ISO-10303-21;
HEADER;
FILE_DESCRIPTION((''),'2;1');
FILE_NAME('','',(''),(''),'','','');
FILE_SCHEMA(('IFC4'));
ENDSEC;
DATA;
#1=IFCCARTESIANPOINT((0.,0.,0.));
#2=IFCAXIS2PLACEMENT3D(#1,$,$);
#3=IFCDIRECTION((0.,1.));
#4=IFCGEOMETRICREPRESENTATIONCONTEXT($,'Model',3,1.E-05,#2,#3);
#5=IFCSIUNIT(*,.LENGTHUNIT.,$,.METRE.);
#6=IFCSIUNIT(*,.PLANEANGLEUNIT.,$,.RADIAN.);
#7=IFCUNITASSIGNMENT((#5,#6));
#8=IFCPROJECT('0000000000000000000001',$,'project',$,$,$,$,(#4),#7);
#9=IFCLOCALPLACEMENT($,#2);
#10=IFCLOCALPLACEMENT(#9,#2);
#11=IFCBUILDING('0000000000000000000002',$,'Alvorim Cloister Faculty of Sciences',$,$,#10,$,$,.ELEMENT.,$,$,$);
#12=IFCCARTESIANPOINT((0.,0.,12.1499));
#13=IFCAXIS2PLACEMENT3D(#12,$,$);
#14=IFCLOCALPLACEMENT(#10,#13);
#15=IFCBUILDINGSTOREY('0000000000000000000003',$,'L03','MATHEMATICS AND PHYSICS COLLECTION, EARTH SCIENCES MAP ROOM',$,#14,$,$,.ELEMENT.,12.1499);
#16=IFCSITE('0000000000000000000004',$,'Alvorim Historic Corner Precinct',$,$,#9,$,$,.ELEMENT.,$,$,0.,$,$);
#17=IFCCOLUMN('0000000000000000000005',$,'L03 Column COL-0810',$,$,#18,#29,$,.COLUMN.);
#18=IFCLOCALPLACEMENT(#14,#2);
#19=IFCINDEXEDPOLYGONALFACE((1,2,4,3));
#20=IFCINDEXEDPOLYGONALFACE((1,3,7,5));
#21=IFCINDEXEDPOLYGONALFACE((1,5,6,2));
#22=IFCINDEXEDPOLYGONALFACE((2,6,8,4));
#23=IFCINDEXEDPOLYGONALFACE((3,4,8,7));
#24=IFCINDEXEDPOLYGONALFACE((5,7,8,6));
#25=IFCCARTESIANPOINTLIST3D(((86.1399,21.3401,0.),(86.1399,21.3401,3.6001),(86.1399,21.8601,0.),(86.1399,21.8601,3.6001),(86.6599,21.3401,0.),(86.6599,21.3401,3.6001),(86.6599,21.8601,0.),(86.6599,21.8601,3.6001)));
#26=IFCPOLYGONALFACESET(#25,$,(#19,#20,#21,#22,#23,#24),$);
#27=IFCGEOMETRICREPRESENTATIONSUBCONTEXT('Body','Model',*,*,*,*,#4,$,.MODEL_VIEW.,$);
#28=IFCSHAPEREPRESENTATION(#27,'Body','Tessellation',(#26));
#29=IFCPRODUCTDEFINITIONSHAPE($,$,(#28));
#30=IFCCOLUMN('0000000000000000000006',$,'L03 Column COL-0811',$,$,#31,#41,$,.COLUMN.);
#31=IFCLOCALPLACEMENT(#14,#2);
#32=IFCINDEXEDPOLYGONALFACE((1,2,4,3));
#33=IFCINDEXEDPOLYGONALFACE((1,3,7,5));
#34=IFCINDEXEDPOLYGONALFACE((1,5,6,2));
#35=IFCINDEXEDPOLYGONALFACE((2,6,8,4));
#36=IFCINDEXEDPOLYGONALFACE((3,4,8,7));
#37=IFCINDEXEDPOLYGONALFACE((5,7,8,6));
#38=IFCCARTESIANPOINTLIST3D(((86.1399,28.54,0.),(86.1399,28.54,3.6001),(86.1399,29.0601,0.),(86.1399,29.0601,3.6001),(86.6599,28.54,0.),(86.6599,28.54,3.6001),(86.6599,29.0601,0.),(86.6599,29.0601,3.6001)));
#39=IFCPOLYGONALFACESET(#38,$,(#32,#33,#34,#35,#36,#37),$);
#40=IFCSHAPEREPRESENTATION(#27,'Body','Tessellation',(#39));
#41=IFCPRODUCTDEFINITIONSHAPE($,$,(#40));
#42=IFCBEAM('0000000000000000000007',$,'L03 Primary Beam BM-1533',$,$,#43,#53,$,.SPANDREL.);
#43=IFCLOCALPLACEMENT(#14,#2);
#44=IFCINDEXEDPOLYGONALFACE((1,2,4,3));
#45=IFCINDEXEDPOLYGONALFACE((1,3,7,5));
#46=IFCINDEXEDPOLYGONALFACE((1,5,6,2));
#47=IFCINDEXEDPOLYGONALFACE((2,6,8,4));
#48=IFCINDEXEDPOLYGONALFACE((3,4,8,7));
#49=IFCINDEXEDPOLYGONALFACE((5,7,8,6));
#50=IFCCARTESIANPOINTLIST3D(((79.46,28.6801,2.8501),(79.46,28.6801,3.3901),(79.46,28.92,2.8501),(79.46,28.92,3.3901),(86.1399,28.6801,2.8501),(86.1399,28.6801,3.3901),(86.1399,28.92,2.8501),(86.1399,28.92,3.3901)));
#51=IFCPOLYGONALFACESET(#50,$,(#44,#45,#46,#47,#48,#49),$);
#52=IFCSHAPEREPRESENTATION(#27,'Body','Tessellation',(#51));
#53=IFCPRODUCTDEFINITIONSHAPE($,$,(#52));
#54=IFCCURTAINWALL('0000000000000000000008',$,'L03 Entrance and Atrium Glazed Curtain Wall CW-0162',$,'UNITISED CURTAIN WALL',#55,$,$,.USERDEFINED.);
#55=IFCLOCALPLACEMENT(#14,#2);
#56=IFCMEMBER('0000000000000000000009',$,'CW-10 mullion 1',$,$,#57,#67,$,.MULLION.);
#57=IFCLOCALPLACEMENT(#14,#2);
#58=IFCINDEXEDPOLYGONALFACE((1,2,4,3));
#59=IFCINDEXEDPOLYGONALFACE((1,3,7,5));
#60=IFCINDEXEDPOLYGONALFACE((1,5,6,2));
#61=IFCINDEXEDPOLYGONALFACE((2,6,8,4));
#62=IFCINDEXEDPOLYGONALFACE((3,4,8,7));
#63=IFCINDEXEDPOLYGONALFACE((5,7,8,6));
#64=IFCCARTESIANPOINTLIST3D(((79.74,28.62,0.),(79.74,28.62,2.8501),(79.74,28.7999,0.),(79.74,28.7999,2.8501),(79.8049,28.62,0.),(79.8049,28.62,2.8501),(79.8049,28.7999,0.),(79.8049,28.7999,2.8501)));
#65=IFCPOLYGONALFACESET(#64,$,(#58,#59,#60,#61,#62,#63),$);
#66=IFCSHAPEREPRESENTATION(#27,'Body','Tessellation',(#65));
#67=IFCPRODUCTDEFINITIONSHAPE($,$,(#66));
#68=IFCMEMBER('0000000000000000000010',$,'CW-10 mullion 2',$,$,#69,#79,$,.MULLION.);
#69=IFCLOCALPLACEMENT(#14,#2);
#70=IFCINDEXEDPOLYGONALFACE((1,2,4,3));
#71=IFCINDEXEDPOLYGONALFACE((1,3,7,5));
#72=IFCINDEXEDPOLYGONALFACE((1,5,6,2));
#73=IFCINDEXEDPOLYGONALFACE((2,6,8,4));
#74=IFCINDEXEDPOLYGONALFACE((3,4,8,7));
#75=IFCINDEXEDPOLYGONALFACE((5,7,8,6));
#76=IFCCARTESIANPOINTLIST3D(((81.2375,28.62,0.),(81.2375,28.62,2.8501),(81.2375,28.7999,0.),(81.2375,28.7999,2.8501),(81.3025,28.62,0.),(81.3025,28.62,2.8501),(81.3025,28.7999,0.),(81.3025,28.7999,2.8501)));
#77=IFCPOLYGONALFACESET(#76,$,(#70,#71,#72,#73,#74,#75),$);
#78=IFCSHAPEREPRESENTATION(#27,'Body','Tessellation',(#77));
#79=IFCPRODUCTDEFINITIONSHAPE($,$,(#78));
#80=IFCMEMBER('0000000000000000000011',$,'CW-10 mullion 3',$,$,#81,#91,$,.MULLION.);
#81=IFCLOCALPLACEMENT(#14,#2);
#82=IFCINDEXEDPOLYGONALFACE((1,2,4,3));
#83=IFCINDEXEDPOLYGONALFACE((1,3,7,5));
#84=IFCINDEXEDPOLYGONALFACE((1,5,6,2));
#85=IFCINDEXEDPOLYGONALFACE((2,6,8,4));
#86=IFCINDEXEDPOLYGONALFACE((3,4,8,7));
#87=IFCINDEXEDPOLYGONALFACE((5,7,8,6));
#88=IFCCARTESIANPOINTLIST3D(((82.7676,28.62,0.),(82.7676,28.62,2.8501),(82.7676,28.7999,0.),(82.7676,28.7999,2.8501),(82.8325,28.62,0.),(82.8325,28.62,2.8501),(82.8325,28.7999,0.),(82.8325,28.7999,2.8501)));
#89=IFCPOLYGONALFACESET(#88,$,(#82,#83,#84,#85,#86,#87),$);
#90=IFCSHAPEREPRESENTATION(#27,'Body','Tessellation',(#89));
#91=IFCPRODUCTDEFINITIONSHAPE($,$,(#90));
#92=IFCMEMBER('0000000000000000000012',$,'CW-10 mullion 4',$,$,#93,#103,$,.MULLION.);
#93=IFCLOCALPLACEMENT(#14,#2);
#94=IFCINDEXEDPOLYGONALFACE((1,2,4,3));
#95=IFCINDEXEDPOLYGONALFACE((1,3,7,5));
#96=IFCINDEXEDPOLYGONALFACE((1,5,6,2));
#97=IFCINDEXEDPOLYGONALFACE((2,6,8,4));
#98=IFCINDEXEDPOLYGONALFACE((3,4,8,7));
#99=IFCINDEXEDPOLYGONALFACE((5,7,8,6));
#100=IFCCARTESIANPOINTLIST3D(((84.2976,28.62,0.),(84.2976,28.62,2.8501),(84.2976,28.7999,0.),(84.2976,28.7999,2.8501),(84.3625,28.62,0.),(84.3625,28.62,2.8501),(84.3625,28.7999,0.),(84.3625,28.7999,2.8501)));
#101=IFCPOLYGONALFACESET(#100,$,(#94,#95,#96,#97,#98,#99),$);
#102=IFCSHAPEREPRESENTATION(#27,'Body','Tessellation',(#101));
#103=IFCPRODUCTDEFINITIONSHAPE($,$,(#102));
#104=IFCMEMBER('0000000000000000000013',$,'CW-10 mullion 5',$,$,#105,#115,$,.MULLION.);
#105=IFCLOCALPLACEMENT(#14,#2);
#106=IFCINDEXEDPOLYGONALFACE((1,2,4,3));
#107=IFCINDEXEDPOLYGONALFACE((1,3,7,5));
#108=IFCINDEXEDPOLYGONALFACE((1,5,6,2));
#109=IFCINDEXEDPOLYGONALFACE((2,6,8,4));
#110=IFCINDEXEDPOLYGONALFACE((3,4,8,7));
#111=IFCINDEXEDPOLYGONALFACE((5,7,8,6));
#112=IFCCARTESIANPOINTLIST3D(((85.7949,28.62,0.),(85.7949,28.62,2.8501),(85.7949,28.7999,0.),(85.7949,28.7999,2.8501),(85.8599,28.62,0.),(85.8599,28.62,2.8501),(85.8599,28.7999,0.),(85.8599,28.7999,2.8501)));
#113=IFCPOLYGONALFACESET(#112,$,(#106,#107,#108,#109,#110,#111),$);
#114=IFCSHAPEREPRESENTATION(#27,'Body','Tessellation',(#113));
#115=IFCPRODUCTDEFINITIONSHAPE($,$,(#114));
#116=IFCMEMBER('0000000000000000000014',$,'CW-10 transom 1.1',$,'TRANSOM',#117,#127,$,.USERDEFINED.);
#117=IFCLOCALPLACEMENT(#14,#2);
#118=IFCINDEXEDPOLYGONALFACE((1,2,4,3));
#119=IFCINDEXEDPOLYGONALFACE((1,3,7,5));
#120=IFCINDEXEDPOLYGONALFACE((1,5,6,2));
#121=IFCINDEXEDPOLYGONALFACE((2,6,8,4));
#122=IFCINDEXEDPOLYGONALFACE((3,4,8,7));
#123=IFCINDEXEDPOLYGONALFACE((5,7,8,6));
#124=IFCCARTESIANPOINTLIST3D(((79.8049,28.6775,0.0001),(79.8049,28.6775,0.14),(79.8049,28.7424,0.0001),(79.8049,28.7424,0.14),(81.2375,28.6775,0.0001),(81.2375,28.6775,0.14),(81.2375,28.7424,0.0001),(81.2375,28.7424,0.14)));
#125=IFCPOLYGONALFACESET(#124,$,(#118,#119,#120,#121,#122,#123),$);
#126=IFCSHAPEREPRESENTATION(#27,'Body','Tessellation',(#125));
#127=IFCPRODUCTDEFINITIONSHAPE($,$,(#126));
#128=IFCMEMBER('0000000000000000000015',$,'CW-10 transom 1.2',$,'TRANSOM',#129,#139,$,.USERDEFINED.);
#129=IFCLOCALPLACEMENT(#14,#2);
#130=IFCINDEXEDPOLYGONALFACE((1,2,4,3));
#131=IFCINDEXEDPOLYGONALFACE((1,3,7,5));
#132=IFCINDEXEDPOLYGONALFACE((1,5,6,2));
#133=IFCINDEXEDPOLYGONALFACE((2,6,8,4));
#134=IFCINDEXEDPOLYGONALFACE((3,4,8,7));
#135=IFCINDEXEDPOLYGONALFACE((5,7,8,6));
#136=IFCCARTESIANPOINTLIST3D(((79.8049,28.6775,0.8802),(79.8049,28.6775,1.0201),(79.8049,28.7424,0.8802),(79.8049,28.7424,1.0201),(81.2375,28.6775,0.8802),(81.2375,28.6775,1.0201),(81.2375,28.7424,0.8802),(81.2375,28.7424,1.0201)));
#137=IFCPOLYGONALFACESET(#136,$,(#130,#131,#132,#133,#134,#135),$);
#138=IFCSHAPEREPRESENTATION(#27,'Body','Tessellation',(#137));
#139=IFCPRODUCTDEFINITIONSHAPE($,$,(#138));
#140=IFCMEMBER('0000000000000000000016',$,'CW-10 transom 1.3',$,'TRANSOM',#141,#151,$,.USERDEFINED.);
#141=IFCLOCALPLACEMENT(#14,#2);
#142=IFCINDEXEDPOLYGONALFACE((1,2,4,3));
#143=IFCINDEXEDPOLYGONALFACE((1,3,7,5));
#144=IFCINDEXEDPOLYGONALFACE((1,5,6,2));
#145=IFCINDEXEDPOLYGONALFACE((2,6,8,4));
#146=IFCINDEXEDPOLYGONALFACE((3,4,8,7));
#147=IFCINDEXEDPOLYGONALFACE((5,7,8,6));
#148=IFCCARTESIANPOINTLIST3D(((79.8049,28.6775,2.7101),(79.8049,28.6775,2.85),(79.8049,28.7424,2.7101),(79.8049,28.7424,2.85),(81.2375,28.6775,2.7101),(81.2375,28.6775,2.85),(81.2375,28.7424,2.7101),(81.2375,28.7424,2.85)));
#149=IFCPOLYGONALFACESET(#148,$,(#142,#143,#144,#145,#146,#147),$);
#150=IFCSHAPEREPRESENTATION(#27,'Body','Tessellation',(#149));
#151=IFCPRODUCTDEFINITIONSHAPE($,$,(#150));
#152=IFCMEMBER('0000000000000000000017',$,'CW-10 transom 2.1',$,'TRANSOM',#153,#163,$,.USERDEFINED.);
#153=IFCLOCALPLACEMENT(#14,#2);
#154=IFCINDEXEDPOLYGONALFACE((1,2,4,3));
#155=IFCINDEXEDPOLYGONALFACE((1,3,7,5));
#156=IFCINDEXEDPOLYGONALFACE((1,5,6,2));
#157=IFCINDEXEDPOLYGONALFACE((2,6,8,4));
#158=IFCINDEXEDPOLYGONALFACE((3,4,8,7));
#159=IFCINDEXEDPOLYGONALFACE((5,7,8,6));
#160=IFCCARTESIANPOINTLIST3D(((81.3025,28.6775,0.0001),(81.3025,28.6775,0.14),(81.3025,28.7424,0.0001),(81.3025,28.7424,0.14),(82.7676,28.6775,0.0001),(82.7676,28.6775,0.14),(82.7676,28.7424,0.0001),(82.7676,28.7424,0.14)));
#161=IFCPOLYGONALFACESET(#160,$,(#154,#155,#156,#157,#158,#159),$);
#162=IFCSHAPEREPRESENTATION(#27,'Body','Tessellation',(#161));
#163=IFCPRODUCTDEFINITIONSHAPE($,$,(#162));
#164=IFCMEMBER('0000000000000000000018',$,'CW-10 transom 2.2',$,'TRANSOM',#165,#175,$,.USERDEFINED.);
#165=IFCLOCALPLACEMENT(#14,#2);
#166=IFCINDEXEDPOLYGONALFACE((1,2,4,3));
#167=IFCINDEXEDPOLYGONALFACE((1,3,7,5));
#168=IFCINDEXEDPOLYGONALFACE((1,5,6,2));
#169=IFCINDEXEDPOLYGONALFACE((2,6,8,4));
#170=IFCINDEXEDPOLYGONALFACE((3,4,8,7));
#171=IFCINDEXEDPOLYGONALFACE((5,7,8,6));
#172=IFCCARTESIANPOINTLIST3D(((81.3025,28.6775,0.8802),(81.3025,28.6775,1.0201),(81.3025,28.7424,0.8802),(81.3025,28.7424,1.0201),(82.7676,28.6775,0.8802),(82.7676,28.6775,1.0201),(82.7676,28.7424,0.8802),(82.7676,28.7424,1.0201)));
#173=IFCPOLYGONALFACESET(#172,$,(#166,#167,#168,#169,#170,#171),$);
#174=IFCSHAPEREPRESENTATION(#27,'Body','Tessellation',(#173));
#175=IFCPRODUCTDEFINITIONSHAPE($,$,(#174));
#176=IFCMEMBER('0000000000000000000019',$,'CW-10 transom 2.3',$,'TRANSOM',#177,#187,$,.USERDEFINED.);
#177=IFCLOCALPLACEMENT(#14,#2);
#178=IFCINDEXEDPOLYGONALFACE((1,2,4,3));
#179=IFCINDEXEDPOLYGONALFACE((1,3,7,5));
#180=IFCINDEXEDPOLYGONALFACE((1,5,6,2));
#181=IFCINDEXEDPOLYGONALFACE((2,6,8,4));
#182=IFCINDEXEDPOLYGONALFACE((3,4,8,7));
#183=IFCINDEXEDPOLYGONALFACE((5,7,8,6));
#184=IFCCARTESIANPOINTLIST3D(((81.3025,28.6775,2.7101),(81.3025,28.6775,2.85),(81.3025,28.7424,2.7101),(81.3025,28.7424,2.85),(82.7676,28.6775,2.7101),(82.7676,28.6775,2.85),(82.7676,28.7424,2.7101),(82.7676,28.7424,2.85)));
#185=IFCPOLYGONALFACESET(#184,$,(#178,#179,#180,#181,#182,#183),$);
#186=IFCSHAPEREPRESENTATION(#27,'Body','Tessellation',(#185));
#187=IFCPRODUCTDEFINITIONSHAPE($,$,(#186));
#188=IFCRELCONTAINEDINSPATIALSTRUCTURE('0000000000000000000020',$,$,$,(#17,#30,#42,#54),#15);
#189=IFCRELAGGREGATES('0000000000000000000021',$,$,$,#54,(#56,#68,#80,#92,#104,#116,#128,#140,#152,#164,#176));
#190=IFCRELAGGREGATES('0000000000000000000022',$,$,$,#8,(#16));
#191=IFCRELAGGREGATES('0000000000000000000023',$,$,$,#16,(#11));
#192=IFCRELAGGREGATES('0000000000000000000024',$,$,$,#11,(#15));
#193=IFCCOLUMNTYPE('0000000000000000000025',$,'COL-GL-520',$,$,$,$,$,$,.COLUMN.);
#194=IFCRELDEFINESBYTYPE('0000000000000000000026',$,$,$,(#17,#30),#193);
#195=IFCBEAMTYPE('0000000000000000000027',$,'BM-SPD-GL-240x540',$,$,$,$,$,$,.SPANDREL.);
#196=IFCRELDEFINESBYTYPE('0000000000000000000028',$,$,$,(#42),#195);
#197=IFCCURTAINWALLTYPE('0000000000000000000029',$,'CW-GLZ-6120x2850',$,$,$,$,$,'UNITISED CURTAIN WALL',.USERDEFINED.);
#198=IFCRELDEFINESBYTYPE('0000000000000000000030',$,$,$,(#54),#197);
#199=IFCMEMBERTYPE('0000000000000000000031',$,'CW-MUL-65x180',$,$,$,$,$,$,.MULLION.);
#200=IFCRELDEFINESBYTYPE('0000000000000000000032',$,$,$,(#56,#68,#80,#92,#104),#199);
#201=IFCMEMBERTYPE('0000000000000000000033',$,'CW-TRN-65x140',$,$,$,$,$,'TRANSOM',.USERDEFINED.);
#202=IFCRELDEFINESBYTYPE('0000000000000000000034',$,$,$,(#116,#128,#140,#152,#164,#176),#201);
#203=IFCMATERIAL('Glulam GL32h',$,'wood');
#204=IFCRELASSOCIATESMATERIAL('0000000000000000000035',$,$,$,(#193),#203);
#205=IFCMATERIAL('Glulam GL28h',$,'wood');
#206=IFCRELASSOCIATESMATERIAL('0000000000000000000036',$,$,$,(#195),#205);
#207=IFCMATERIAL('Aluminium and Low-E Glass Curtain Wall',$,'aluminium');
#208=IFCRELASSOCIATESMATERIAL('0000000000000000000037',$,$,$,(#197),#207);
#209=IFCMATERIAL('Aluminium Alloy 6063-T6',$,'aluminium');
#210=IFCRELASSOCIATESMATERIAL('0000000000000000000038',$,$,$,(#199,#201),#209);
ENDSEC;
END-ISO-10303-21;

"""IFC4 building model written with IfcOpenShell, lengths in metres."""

from ifc_helpers import new_model, si_unit, direction, frame, origin, origin_2d, place, context, subcontext, project, spatial, rectangle, extrude, material, material_profile, profile_set, type_object, element, aggregate, save


model = new_model("IFC4")

# Units and contexts
model_context = context("Model", 3, precision=1e-05, world=origin(), true_north=direction((0.0, 1.0)))
body_context = subcontext(model_context, "Body", "Model", "MODEL_VIEW")
ifc_project = project(units=[si_unit("LENGTHUNIT", "METRE"), si_unit("PLANEANGLEUNIT", "RADIAN")], contexts=[model_context])

# Site, building, storey
site_placement = place(None, origin())
site = spatial("IfcSite", under=ifc_project, at=site_placement, Name="Alvorim Historic Corner Precinct", CompositionType="ELEMENT", RefElevation=0.0)
building_placement = place(site_placement, origin())
building = spatial("IfcBuilding", under=site, at=building_placement, Name="Alvorim Cloister Faculty of Sciences", CompositionType="ELEMENT")
storey_placement = place(building_placement, frame((0.0, 0.0, 12.1499)))
storey = spatial("IfcBuildingStorey", under=building, at=storey_placement, Name="L03", Description="MATHEMATICS AND PHYSICS COLLECTION, EARTH SCIENCES MAP ROOM", CompositionType="ELEMENT", Elevation=12.1499)

# Columns
ifc_material_1 = material(Name="Glulam GL32h", Category="wood")
ifc_material_profile_1 = material_profile(ifc_material_1, rectangle(XDim=0.52, YDim=0.52, at=origin_2d()), Name="GL32-COL-520x520")
ifc_profile_set_1 = profile_set([ifc_material_profile_1], Name="Glulam GL32h")
column_type = type_object("IfcColumnType", Name="COL-GL-520", PredefinedType="COLUMN", material=ifc_profile_set_1)
for number, where, z_axis, x_axis, name in (
    (1, (86.3999, 21.6001, 0.0), (0.0, 0.0, 1.0), (1.0, 0.0, 0.0), "L03 Column COL-0810"),
    (2, (86.3999, 28.8, 0.0), (0.0, 0.0, 1.0), (1.0, 0.0, 0.0), "L03 Column COL-0811"),
):
    element("IfcColumn", number, at=place(storey_placement, frame(where, z_axis=z_axis, x_axis=x_axis)), inside=storey, type_object=column_type, Name=name, PredefinedType="COLUMN", context=body_context, shape_type="SweptSolid", body=[
        extrude(rectangle(XDim=0.52, YDim=0.52, at=origin_2d()), origin(), (0.0, 0.0, 1.0), 3.6001),
    ])

# Beam
ifc_material_2 = material(Name="Glulam GL28h", Category="wood")
ifc_material_profile_2 = material_profile(ifc_material_2, rectangle(XDim=0.24, YDim=0.54, at=origin_2d()), Name="GL28-SPD-240x540")
ifc_profile_set_2 = profile_set([ifc_material_profile_2], Name="Glulam GL28h")
beam_type = type_object("IfcBeamType", Name="BM-SPD-GL-240x540", PredefinedType="SPANDREL", material=ifc_profile_set_2)
beam_placement = place(storey_placement, frame((79.46, 28.8, 3.1201), z_axis=(1.0, 0.0, 0.0), x_axis=(0.0, 1.0, 0.0)))
element("IfcBeam", 3, at=beam_placement, inside=storey, type_object=beam_type, Name="L03 Primary Beam BM-1533", PredefinedType="SPANDREL", context=body_context, shape_type="SweptSolid", body=[
    extrude(rectangle(XDim=0.24, YDim=0.54, at=origin_2d()), origin(), (0.0, 0.0, 1.0), 6.6799),
])

# Curtain wall, members
ifc_material_3 = material(Name="Aluminium and Low-E Glass Curtain Wall", Category="aluminium")
curtain_wall_type = type_object("IfcCurtainWallType", Name="CW-GLZ-6120x2850", ElementType="UNITISED CURTAIN WALL", PredefinedType="USERDEFINED", material=ifc_material_3)
curtain_wall_placement = place(storey_placement, origin())
curtain_wall = element("IfcCurtainWall", 4, at=curtain_wall_placement, inside=storey, type_object=curtain_wall_type, Name="L03 Entrance and Atrium Glazed Curtain Wall CW-0162", ObjectType="UNITISED CURTAIN WALL", PredefinedType="USERDEFINED")
ifc_material_4 = material(Name="Aluminium Alloy 6063-T6", Category="aluminium")
ifc_material_profile_3 = material_profile(ifc_material_4, rectangle(XDim=0.0649, YDim=0.1799, at=origin_2d()), Name="ALU-MUL-65x180")
ifc_profile_set_3 = profile_set([ifc_material_profile_3], Name="Aluminium Alloy 6063-T6")
member_type_1 = type_object("IfcMemberType", Name="CW-MUL-65x180", PredefinedType="MULLION", material=ifc_profile_set_3)
member_1_placement = place(storey_placement, frame((79.7725, 28.71, 0.0), z_axis=(0.0, 0.0, 1.0), x_axis=(1.0, 0.0, 0.0)))
member_1 = element("IfcMember", 5, at=member_1_placement, type_object=member_type_1, Name="CW-10 mullion 1", PredefinedType="MULLION", context=body_context, shape_type="SweptSolid", body=[
    extrude(rectangle(XDim=0.0649, YDim=0.1799, at=origin_2d()), origin(), (0.0, 0.0, 1.0), 2.8501),
])
member_2_placement = place(storey_placement, frame((81.27, 28.71, 0.0), z_axis=(0.0, 0.0, 1.0), x_axis=(1.0, 0.0, 0.0)))
member_2 = element("IfcMember", 6, at=member_2_placement, type_object=member_type_1, Name="CW-10 mullion 2", PredefinedType="MULLION", context=body_context, shape_type="SweptSolid", body=[
    extrude(rectangle(XDim=0.0649, YDim=0.1799, at=origin_2d()), origin(), (0.0, 0.0, 1.0), 2.8501),
])
member_3_placement = place(storey_placement, frame((82.8, 28.71, 0.0), z_axis=(0.0, 0.0, 1.0), x_axis=(1.0, 0.0, 0.0)))
member_3 = element("IfcMember", 7, at=member_3_placement, type_object=member_type_1, Name="CW-10 mullion 3", PredefinedType="MULLION", context=body_context, shape_type="SweptSolid", body=[
    extrude(rectangle(XDim=0.0649, YDim=0.1799, at=origin_2d()), origin(), (0.0, 0.0, 1.0), 2.8501),
])
member_4_placement = place(storey_placement, frame((84.3301, 28.71, 0.0), z_axis=(0.0, 0.0, 1.0), x_axis=(1.0, 0.0, 0.0)))
member_4 = element("IfcMember", 8, at=member_4_placement, type_object=member_type_1, Name="CW-10 mullion 4", PredefinedType="MULLION", context=body_context, shape_type="SweptSolid", body=[
    extrude(rectangle(XDim=0.0649, YDim=0.1799, at=origin_2d()), origin(), (0.0, 0.0, 1.0), 2.8501),
])
member_5_placement = place(storey_placement, frame((85.8274, 28.71, 0.0), z_axis=(0.0, 0.0, 1.0), x_axis=(1.0, 0.0, 0.0)))
member_5 = element("IfcMember", 9, at=member_5_placement, type_object=member_type_1, Name="CW-10 mullion 5", PredefinedType="MULLION", context=body_context, shape_type="SweptSolid", body=[
    extrude(rectangle(XDim=0.0649, YDim=0.1799, at=origin_2d()), origin(), (0.0, 0.0, 1.0), 2.8501),
])
ifc_material_profile_4 = material_profile(ifc_material_4, rectangle(XDim=0.0649, YDim=0.1399, at=origin_2d()), Name="ALU-TRN-65x140")
ifc_profile_set_4 = profile_set([ifc_material_profile_4], Name="Aluminium Alloy 6063-T6")
member_type_2 = type_object("IfcMemberType", Name="CW-TRN-65x140", ElementType="TRANSOM", PredefinedType="USERDEFINED", material=ifc_profile_set_4)
member_6_placement = place(storey_placement, frame((79.8049, 28.71, 0.0701), z_axis=(1.0, 0.0, 0.0), x_axis=(0.0, 1.0, 0.0)))
member_6 = element("IfcMember", 10, at=member_6_placement, type_object=member_type_2, Name="CW-10 transom 1.1", ObjectType="TRANSOM", PredefinedType="USERDEFINED", context=body_context, shape_type="SweptSolid", body=[
    extrude(rectangle(XDim=0.0649, YDim=0.1399, at=origin_2d()), origin(), (0.0, 0.0, 1.0), 1.4326),
])
member_7_placement = place(storey_placement, frame((79.8049, 28.71, 0.9502), z_axis=(1.0, 0.0, 0.0), x_axis=(0.0, 1.0, 0.0)))
member_7 = element("IfcMember", 11, at=member_7_placement, type_object=member_type_2, Name="CW-10 transom 1.2", ObjectType="TRANSOM", PredefinedType="USERDEFINED", context=body_context, shape_type="SweptSolid", body=[
    extrude(rectangle(XDim=0.0649, YDim=0.1399, at=origin_2d()), origin(), (0.0, 0.0, 1.0), 1.4326),
])
member_8_placement = place(storey_placement, frame((79.8049, 28.71, 2.78), z_axis=(1.0, 0.0, 0.0), x_axis=(0.0, 1.0, 0.0)))
member_8 = element("IfcMember", 12, at=member_8_placement, type_object=member_type_2, Name="CW-10 transom 1.3", ObjectType="TRANSOM", PredefinedType="USERDEFINED", context=body_context, shape_type="SweptSolid", body=[
    extrude(rectangle(XDim=0.0649, YDim=0.1399, at=origin_2d()), origin(), (0.0, 0.0, 1.0), 1.4326),
])
member_9_placement = place(storey_placement, frame((81.3025, 28.71, 0.0701), z_axis=(1.0, 0.0, 0.0), x_axis=(0.0, 1.0, 0.0)))
member_9 = element("IfcMember", 13, at=member_9_placement, type_object=member_type_2, Name="CW-10 transom 2.1", ObjectType="TRANSOM", PredefinedType="USERDEFINED", context=body_context, shape_type="SweptSolid", body=[
    extrude(rectangle(XDim=0.0649, YDim=0.1399, at=origin_2d()), origin(), (0.0, 0.0, 1.0), 1.4651),
])
member_10_placement = place(storey_placement, frame((81.3025, 28.71, 0.9502), z_axis=(1.0, 0.0, 0.0), x_axis=(0.0, 1.0, 0.0)))
member_10 = element("IfcMember", 14, at=member_10_placement, type_object=member_type_2, Name="CW-10 transom 2.2", ObjectType="TRANSOM", PredefinedType="USERDEFINED", context=body_context, shape_type="SweptSolid", body=[
    extrude(rectangle(XDim=0.0649, YDim=0.1399, at=origin_2d()), origin(), (0.0, 0.0, 1.0), 1.4651),
])
member_11_placement = place(storey_placement, frame((81.3025, 28.71, 2.78), z_axis=(1.0, 0.0, 0.0), x_axis=(0.0, 1.0, 0.0)))
member_11 = element("IfcMember", 15, at=member_11_placement, type_object=member_type_2, Name="CW-10 transom 2.3", ObjectType="TRANSOM", PredefinedType="USERDEFINED", context=body_context, shape_type="SweptSolid", body=[
    extrude(rectangle(XDim=0.0649, YDim=0.1399, at=origin_2d()), origin(), (0.0, 0.0, 1.0), 1.4651),
])
aggregate(curtain_wall, [member_1, member_2, member_3, member_4, member_5, member_6, member_7, member_8, member_9, member_10, member_11])

save(model, "model.ifc")
